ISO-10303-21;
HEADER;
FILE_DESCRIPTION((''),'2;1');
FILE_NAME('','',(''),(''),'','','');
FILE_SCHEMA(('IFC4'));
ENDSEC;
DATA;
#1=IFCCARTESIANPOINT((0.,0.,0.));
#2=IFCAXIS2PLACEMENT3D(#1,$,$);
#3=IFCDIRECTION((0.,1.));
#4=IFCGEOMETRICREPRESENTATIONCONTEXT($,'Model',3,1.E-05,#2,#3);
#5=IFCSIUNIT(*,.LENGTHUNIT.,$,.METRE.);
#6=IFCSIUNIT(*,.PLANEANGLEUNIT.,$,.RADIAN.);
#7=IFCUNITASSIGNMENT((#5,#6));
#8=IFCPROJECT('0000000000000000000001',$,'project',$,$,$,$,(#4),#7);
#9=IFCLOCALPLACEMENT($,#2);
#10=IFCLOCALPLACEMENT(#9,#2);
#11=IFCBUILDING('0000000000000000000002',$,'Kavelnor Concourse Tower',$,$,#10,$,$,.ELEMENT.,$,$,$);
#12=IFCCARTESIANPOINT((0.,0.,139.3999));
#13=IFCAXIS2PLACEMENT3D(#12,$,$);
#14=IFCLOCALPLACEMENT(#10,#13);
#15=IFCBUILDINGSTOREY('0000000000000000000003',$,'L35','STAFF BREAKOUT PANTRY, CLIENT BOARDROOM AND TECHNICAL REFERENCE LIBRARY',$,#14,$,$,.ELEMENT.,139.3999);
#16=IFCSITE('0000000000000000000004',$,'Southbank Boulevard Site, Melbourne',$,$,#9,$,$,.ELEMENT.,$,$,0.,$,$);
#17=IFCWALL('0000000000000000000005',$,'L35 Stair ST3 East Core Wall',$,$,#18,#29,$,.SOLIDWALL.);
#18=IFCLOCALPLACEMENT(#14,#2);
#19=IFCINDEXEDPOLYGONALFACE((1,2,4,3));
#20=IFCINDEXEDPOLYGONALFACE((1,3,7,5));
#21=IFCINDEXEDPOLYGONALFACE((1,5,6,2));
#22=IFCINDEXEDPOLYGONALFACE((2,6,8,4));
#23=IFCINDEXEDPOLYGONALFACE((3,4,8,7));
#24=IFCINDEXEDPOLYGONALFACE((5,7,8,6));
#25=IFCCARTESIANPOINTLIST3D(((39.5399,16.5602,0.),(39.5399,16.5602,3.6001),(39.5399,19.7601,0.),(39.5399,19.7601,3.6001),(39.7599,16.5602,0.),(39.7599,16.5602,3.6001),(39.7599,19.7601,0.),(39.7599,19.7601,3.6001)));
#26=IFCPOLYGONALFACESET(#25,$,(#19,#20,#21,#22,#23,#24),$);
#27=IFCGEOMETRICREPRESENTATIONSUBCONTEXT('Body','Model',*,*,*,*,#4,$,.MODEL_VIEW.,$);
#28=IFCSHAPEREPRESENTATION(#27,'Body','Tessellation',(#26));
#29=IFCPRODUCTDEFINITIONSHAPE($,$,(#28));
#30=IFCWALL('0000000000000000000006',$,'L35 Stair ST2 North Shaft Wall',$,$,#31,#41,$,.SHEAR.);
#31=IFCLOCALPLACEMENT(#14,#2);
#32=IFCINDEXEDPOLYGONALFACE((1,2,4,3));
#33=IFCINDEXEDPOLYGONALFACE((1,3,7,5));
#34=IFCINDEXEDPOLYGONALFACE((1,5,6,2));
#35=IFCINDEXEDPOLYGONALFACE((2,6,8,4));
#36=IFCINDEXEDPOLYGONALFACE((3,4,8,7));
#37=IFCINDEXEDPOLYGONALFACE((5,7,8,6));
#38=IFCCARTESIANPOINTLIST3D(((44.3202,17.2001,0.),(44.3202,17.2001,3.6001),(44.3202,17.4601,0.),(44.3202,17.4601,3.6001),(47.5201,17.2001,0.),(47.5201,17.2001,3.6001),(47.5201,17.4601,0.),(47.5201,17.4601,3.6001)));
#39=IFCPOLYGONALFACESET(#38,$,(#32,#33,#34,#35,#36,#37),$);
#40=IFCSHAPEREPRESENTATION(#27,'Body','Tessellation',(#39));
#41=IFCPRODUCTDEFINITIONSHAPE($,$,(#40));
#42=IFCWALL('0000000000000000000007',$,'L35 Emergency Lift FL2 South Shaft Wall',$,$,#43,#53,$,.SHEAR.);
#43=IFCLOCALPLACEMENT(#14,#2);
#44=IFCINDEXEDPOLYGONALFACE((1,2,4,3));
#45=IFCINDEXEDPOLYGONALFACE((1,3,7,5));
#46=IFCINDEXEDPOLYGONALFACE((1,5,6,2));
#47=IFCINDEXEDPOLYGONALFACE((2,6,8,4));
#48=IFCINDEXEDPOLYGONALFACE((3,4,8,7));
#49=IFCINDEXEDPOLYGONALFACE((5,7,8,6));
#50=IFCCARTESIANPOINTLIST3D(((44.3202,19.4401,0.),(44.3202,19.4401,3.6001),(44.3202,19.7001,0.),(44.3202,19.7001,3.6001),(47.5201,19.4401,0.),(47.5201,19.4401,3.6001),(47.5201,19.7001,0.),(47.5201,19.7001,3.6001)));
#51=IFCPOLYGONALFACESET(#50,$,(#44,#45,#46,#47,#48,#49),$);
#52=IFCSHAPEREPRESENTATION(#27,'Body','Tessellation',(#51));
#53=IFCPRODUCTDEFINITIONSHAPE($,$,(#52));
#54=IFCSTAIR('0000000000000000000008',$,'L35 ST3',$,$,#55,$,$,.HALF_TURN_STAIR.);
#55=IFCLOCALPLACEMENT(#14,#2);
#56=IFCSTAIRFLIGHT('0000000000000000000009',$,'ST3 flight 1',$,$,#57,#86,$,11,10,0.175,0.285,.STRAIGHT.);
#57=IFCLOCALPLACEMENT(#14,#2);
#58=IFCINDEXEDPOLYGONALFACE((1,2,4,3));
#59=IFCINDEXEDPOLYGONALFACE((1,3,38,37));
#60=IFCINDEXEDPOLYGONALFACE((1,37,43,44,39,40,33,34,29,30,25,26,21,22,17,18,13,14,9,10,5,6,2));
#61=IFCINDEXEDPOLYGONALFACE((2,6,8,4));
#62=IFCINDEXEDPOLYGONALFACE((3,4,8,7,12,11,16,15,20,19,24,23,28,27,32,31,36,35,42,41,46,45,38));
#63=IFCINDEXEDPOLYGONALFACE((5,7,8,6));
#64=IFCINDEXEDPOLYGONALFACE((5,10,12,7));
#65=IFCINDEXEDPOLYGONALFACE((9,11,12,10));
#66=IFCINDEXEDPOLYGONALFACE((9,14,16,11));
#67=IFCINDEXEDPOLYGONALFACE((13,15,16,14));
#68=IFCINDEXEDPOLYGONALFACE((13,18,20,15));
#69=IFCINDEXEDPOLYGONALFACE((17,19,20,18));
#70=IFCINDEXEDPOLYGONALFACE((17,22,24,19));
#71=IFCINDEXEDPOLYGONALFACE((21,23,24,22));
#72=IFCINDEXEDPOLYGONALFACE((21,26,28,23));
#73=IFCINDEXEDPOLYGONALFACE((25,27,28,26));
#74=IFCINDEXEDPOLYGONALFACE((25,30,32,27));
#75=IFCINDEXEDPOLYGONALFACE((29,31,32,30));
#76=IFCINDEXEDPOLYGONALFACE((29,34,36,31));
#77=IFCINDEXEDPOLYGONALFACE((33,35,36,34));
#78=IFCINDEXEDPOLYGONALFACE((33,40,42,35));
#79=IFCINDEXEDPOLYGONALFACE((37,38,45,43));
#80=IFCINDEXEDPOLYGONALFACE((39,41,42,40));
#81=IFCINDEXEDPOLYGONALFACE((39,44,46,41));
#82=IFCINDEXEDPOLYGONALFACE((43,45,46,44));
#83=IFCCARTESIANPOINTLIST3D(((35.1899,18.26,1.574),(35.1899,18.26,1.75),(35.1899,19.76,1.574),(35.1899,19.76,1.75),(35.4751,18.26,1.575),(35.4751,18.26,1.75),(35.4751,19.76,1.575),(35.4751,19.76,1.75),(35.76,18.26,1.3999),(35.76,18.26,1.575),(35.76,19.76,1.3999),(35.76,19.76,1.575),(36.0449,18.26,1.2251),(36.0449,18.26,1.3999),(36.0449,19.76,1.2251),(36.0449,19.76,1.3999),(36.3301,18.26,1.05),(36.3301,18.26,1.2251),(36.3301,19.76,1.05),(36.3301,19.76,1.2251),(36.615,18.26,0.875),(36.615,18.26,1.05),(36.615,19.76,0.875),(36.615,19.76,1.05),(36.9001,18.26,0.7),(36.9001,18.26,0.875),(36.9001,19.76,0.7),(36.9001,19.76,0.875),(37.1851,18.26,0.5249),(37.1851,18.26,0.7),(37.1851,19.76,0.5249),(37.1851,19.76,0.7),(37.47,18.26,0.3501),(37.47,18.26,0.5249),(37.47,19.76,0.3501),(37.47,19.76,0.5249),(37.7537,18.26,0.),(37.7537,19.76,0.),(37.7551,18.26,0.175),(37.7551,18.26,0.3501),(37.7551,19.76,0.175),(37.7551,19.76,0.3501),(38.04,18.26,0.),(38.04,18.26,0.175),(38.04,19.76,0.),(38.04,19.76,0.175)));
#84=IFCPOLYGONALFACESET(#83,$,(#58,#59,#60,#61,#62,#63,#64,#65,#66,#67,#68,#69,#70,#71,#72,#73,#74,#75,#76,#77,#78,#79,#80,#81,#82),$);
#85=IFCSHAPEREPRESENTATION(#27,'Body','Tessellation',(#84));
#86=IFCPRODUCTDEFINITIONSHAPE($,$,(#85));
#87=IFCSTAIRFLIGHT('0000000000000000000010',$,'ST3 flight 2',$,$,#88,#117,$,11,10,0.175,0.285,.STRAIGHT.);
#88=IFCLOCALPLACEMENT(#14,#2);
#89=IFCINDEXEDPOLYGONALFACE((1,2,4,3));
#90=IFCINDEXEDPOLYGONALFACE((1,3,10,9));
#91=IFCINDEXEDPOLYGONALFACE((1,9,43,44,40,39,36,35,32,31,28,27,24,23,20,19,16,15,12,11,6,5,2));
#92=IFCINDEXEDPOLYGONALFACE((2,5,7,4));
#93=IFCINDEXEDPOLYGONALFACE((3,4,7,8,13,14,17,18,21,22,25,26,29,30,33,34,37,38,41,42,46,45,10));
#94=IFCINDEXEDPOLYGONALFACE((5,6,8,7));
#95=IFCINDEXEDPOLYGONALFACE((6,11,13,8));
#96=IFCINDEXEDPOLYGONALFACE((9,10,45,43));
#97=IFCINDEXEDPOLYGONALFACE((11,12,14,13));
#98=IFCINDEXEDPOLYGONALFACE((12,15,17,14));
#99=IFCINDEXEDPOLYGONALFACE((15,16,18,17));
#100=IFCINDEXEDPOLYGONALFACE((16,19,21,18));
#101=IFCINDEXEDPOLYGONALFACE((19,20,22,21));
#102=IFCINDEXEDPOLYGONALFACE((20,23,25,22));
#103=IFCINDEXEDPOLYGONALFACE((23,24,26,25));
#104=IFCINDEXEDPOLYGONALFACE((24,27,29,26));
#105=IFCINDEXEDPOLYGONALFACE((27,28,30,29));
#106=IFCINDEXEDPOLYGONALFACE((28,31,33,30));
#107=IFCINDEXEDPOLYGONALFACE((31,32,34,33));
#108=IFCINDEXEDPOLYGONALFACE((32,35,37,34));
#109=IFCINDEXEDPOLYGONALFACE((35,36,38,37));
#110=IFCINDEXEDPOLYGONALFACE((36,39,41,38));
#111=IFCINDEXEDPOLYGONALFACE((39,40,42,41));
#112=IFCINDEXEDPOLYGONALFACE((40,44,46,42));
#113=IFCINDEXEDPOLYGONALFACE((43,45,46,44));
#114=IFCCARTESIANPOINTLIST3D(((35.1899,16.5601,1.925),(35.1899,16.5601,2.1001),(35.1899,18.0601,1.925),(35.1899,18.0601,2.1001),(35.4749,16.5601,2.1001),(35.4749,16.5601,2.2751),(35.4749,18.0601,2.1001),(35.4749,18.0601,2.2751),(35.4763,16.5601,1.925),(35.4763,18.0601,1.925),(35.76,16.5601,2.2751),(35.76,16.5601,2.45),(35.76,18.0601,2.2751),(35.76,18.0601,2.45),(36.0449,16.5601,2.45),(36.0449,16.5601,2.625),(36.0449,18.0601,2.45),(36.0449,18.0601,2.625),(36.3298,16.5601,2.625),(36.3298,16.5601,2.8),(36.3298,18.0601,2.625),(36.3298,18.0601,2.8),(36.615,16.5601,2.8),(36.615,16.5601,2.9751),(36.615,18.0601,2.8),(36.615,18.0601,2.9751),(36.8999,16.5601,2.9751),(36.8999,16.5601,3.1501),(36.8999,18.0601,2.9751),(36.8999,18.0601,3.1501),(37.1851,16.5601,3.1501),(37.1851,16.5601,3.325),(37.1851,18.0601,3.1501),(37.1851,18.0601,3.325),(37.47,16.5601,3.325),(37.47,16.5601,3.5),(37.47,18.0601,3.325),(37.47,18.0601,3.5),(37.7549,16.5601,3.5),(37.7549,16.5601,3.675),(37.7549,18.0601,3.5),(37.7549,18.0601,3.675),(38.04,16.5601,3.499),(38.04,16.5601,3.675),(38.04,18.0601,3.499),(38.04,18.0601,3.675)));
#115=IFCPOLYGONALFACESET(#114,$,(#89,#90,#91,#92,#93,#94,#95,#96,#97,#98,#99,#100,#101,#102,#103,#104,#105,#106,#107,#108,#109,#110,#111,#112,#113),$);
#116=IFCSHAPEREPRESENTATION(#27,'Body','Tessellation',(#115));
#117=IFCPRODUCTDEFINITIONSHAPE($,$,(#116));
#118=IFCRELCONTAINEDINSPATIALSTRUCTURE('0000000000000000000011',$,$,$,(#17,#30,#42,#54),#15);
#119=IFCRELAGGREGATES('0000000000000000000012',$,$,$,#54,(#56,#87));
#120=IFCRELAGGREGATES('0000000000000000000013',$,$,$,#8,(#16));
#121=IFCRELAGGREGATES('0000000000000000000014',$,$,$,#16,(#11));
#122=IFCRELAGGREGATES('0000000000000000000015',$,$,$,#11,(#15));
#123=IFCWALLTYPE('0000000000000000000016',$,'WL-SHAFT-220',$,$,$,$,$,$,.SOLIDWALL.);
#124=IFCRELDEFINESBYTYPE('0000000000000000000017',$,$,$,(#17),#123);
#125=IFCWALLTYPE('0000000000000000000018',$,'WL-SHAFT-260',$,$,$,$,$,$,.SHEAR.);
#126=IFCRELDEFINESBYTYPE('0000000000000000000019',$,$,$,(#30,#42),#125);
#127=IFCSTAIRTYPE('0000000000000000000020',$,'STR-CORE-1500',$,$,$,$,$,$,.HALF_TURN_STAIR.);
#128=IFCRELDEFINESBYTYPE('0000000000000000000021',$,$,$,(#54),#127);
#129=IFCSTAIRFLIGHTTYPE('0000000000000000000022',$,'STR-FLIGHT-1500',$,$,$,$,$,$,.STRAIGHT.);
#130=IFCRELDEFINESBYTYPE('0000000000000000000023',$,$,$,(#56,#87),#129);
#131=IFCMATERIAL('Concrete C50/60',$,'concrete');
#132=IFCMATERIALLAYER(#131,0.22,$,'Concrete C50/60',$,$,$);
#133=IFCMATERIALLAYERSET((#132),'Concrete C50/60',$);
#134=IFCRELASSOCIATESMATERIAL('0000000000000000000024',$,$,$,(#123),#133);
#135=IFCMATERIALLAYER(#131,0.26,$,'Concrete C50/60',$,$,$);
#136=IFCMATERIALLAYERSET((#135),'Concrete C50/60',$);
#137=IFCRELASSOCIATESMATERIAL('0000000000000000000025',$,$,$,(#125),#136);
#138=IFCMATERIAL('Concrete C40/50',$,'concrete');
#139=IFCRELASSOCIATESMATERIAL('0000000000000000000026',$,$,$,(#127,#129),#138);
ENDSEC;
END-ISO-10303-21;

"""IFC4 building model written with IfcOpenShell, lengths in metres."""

from ifc_helpers import new_model, si_unit, direction, frame, frame_2d, origin, place, context, subcontext, project, spatial, polyline, rectangle, outline, extrude, material, layer, layer_set, type_object, element, aggregate, save


model = new_model("IFC4")

# Units and contexts
model_context = context("Model", 3, precision=1e-05, world=origin(), true_north=direction((0.0, 1.0)))
body_context = subcontext(model_context, "Body", "Model", "MODEL_VIEW")
ifc_project = project(units=[si_unit("LENGTHUNIT", "METRE"), si_unit("PLANEANGLEUNIT", "RADIAN")], contexts=[model_context])

# Site, building, storey
site_placement = place(None, origin())
site = spatial("IfcSite", under=ifc_project, at=site_placement, Name="Southbank Boulevard Site, Melbourne", CompositionType="ELEMENT", RefElevation=0.0)
building_placement = place(site_placement, origin())
building = spatial("IfcBuilding", under=site, at=building_placement, Name="Kavelnor Concourse Tower", CompositionType="ELEMENT")
storey_placement = place(building_placement, frame((0.0, 0.0, 139.3999)))
storey = spatial("IfcBuildingStorey", under=building, at=storey_placement, Name="L35", Description="STAFF BREAKOUT PANTRY, CLIENT BOARDROOM AND TECHNICAL REFERENCE LIBRARY", CompositionType="ELEMENT", Elevation=139.3999)

# Walls
ifc_material_1 = material(Name="Concrete C50/60", Category="concrete")
ifc_layer_1 = layer(ifc_material_1, 0.22, Name="Concrete C50/60")
ifc_layer_set_1 = layer_set([ifc_layer_1], Name="Concrete C50/60")
wall_type_1 = type_object("IfcWallType", Name="WL-SHAFT-220", PredefinedType="SOLIDWALL", material=ifc_layer_set_1)
wall_1_placement = place(storey_placement, frame((39.6499, 16.5601, 0.0), z_axis=(0.0, 0.0, 1.0), x_axis=(0.0, 1.0, 0.0)))
element("IfcWall", 1, at=wall_1_placement, inside=storey, type_object=wall_type_1, Name="L35 Stair ST3 East Core Wall", PredefinedType="SOLIDWALL", context=body_context, shape_type="SweptSolid", body=[
    extrude(rectangle(XDim=3.2, YDim=0.22, at=frame_2d((1.6001, 0.0))), origin(), (0.0, 0.0, 1.0), 3.6001),
])
ifc_layer_2 = layer(ifc_material_1, 0.26, Name="Concrete C50/60")
ifc_layer_set_2 = layer_set([ifc_layer_2], Name="Concrete C50/60")
wall_type_2 = type_object("IfcWallType", Name="WL-SHAFT-260", PredefinedType="SHEAR", material=ifc_layer_set_2)
for number, where, z_axis, x_axis, name in (
    (2, (44.3201, 17.3301, 0.0), (0.0, 0.0, 1.0), (1.0, 0.0, 0.0), "L35 Stair ST2 North Shaft Wall"),
    (3, (44.3201, 19.5701, 0.0), (0.0, 0.0, 1.0), (1.0, 0.0, 0.0), "L35 Emergency Lift FL2 South Shaft Wall"),
):
    element("IfcWall", number, at=place(storey_placement, frame(where, z_axis=z_axis, x_axis=x_axis)), inside=storey, type_object=wall_type_2, Name=name, PredefinedType="SHEAR", context=body_context, shape_type="SweptSolid", body=[
        extrude(rectangle(XDim=3.2, YDim=0.26, at=frame_2d((1.6001, 0.0))), origin(), (0.0, 0.0, 1.0), 3.6001),
    ])

# Stair, stair flights
ifc_material_2 = material(Name="Concrete C40/50", Category="concrete")
stair_type = type_object("IfcStairType", Name="STR-CORE-1500", PredefinedType="HALF_TURN_STAIR", material=ifc_material_2)
stair_placement = place(storey_placement, origin())
stair = element("IfcStair", 4, at=stair_placement, inside=storey, type_object=stair_type, Name="L35 ST3", PredefinedType="HALF_TURN_STAIR")
stair_flight_type = type_object("IfcStairFlightType", Name="STR-FLIGHT-1500", PredefinedType="STRAIGHT", material=ifc_material_2)
stair_flight_1_placement = place(storey_placement, frame((38.04, 19.01, 0.0), z_axis=(0.0, 0.0, 1.0), x_axis=(-1.0, 0.0, 0.0)))
stair_flight_1 = element("IfcStairFlight", 5, at=stair_flight_1_placement, type_object=stair_flight_type, Name="ST3 flight 1", NumberOfRisers=11, NumberOfTreads=10, PredefinedType="STRAIGHT", RiserHeight=0.175, TreadLength=0.285, context=body_context, shape_type="SweptSolid", body=[
    extrude(outline(polyline([(0.0, 0.0), (0.0, 0.175), (0.2849, 0.175), (0.2849, 0.3501), (0.5701, 0.3501), (0.5701, 0.5249), (0.855, 0.5249), (0.855, 0.7), (1.1399, 0.7), (1.1399, 0.875), (1.425, 0.875), (1.425, 1.05), (1.71, 1.05), (1.71, 1.2251), (1.9951, 1.2251), (1.9951, 1.3999), (2.28, 1.3999), (2.28, 1.575), (2.5649, 1.575), (2.5649, 1.75), (2.8501, 1.75), (2.8501, 1.925), (2.8501, 1.574), (0.2864, 0.0), (0.0, 0.0)])), frame((0.0, 0.75, 0.0), z_axis=(0.0, -1.0, 0.0), x_axis=(1.0, 0.0, 0.0)), (0.0, 0.0, 1.0), 1.5),
])
stair_flight_2_placement = place(storey_placement, frame((35.1899, 17.3101, 1.925), z_axis=(0.0, 0.0, 1.0), x_axis=(1.0, 0.0, 0.0)))
stair_flight_2 = element("IfcStairFlight", 6, at=stair_flight_2_placement, type_object=stair_flight_type, Name="ST3 flight 2", NumberOfRisers=11, NumberOfTreads=10, PredefinedType="STRAIGHT", RiserHeight=0.175, TreadLength=0.285, context=body_context, shape_type="SweptSolid", body=[
    extrude(outline(polyline([(0.0, 0.0), (0.0, 0.175), (0.2849, 0.175), (0.2849, 0.3501), (0.5701, 0.3501), (0.5701, 0.5249), (0.855, 0.5249), (0.855, 0.7), (1.1399, 0.7), (1.1399, 0.875), (1.425, 0.875), (1.425, 1.05), (1.71, 1.05), (1.71, 1.2251), (1.9951, 1.2251), (1.9951, 1.3999), (2.28, 1.3999), (2.28, 1.575), (2.5649, 1.575), (2.5649, 1.75), (2.8501, 1.75), (2.8501, 1.925), (2.8501, 1.574), (0.2864, 0.0), (0.0, 0.0)])), frame((0.0, 0.75, 0.0), z_axis=(0.0, -1.0, 0.0), x_axis=(1.0, 0.0, 0.0)), (0.0, 0.0, 1.0), 1.5),
])
aggregate(stair, [stair_flight_1, stair_flight_2])

save(model, "model.ifc")
